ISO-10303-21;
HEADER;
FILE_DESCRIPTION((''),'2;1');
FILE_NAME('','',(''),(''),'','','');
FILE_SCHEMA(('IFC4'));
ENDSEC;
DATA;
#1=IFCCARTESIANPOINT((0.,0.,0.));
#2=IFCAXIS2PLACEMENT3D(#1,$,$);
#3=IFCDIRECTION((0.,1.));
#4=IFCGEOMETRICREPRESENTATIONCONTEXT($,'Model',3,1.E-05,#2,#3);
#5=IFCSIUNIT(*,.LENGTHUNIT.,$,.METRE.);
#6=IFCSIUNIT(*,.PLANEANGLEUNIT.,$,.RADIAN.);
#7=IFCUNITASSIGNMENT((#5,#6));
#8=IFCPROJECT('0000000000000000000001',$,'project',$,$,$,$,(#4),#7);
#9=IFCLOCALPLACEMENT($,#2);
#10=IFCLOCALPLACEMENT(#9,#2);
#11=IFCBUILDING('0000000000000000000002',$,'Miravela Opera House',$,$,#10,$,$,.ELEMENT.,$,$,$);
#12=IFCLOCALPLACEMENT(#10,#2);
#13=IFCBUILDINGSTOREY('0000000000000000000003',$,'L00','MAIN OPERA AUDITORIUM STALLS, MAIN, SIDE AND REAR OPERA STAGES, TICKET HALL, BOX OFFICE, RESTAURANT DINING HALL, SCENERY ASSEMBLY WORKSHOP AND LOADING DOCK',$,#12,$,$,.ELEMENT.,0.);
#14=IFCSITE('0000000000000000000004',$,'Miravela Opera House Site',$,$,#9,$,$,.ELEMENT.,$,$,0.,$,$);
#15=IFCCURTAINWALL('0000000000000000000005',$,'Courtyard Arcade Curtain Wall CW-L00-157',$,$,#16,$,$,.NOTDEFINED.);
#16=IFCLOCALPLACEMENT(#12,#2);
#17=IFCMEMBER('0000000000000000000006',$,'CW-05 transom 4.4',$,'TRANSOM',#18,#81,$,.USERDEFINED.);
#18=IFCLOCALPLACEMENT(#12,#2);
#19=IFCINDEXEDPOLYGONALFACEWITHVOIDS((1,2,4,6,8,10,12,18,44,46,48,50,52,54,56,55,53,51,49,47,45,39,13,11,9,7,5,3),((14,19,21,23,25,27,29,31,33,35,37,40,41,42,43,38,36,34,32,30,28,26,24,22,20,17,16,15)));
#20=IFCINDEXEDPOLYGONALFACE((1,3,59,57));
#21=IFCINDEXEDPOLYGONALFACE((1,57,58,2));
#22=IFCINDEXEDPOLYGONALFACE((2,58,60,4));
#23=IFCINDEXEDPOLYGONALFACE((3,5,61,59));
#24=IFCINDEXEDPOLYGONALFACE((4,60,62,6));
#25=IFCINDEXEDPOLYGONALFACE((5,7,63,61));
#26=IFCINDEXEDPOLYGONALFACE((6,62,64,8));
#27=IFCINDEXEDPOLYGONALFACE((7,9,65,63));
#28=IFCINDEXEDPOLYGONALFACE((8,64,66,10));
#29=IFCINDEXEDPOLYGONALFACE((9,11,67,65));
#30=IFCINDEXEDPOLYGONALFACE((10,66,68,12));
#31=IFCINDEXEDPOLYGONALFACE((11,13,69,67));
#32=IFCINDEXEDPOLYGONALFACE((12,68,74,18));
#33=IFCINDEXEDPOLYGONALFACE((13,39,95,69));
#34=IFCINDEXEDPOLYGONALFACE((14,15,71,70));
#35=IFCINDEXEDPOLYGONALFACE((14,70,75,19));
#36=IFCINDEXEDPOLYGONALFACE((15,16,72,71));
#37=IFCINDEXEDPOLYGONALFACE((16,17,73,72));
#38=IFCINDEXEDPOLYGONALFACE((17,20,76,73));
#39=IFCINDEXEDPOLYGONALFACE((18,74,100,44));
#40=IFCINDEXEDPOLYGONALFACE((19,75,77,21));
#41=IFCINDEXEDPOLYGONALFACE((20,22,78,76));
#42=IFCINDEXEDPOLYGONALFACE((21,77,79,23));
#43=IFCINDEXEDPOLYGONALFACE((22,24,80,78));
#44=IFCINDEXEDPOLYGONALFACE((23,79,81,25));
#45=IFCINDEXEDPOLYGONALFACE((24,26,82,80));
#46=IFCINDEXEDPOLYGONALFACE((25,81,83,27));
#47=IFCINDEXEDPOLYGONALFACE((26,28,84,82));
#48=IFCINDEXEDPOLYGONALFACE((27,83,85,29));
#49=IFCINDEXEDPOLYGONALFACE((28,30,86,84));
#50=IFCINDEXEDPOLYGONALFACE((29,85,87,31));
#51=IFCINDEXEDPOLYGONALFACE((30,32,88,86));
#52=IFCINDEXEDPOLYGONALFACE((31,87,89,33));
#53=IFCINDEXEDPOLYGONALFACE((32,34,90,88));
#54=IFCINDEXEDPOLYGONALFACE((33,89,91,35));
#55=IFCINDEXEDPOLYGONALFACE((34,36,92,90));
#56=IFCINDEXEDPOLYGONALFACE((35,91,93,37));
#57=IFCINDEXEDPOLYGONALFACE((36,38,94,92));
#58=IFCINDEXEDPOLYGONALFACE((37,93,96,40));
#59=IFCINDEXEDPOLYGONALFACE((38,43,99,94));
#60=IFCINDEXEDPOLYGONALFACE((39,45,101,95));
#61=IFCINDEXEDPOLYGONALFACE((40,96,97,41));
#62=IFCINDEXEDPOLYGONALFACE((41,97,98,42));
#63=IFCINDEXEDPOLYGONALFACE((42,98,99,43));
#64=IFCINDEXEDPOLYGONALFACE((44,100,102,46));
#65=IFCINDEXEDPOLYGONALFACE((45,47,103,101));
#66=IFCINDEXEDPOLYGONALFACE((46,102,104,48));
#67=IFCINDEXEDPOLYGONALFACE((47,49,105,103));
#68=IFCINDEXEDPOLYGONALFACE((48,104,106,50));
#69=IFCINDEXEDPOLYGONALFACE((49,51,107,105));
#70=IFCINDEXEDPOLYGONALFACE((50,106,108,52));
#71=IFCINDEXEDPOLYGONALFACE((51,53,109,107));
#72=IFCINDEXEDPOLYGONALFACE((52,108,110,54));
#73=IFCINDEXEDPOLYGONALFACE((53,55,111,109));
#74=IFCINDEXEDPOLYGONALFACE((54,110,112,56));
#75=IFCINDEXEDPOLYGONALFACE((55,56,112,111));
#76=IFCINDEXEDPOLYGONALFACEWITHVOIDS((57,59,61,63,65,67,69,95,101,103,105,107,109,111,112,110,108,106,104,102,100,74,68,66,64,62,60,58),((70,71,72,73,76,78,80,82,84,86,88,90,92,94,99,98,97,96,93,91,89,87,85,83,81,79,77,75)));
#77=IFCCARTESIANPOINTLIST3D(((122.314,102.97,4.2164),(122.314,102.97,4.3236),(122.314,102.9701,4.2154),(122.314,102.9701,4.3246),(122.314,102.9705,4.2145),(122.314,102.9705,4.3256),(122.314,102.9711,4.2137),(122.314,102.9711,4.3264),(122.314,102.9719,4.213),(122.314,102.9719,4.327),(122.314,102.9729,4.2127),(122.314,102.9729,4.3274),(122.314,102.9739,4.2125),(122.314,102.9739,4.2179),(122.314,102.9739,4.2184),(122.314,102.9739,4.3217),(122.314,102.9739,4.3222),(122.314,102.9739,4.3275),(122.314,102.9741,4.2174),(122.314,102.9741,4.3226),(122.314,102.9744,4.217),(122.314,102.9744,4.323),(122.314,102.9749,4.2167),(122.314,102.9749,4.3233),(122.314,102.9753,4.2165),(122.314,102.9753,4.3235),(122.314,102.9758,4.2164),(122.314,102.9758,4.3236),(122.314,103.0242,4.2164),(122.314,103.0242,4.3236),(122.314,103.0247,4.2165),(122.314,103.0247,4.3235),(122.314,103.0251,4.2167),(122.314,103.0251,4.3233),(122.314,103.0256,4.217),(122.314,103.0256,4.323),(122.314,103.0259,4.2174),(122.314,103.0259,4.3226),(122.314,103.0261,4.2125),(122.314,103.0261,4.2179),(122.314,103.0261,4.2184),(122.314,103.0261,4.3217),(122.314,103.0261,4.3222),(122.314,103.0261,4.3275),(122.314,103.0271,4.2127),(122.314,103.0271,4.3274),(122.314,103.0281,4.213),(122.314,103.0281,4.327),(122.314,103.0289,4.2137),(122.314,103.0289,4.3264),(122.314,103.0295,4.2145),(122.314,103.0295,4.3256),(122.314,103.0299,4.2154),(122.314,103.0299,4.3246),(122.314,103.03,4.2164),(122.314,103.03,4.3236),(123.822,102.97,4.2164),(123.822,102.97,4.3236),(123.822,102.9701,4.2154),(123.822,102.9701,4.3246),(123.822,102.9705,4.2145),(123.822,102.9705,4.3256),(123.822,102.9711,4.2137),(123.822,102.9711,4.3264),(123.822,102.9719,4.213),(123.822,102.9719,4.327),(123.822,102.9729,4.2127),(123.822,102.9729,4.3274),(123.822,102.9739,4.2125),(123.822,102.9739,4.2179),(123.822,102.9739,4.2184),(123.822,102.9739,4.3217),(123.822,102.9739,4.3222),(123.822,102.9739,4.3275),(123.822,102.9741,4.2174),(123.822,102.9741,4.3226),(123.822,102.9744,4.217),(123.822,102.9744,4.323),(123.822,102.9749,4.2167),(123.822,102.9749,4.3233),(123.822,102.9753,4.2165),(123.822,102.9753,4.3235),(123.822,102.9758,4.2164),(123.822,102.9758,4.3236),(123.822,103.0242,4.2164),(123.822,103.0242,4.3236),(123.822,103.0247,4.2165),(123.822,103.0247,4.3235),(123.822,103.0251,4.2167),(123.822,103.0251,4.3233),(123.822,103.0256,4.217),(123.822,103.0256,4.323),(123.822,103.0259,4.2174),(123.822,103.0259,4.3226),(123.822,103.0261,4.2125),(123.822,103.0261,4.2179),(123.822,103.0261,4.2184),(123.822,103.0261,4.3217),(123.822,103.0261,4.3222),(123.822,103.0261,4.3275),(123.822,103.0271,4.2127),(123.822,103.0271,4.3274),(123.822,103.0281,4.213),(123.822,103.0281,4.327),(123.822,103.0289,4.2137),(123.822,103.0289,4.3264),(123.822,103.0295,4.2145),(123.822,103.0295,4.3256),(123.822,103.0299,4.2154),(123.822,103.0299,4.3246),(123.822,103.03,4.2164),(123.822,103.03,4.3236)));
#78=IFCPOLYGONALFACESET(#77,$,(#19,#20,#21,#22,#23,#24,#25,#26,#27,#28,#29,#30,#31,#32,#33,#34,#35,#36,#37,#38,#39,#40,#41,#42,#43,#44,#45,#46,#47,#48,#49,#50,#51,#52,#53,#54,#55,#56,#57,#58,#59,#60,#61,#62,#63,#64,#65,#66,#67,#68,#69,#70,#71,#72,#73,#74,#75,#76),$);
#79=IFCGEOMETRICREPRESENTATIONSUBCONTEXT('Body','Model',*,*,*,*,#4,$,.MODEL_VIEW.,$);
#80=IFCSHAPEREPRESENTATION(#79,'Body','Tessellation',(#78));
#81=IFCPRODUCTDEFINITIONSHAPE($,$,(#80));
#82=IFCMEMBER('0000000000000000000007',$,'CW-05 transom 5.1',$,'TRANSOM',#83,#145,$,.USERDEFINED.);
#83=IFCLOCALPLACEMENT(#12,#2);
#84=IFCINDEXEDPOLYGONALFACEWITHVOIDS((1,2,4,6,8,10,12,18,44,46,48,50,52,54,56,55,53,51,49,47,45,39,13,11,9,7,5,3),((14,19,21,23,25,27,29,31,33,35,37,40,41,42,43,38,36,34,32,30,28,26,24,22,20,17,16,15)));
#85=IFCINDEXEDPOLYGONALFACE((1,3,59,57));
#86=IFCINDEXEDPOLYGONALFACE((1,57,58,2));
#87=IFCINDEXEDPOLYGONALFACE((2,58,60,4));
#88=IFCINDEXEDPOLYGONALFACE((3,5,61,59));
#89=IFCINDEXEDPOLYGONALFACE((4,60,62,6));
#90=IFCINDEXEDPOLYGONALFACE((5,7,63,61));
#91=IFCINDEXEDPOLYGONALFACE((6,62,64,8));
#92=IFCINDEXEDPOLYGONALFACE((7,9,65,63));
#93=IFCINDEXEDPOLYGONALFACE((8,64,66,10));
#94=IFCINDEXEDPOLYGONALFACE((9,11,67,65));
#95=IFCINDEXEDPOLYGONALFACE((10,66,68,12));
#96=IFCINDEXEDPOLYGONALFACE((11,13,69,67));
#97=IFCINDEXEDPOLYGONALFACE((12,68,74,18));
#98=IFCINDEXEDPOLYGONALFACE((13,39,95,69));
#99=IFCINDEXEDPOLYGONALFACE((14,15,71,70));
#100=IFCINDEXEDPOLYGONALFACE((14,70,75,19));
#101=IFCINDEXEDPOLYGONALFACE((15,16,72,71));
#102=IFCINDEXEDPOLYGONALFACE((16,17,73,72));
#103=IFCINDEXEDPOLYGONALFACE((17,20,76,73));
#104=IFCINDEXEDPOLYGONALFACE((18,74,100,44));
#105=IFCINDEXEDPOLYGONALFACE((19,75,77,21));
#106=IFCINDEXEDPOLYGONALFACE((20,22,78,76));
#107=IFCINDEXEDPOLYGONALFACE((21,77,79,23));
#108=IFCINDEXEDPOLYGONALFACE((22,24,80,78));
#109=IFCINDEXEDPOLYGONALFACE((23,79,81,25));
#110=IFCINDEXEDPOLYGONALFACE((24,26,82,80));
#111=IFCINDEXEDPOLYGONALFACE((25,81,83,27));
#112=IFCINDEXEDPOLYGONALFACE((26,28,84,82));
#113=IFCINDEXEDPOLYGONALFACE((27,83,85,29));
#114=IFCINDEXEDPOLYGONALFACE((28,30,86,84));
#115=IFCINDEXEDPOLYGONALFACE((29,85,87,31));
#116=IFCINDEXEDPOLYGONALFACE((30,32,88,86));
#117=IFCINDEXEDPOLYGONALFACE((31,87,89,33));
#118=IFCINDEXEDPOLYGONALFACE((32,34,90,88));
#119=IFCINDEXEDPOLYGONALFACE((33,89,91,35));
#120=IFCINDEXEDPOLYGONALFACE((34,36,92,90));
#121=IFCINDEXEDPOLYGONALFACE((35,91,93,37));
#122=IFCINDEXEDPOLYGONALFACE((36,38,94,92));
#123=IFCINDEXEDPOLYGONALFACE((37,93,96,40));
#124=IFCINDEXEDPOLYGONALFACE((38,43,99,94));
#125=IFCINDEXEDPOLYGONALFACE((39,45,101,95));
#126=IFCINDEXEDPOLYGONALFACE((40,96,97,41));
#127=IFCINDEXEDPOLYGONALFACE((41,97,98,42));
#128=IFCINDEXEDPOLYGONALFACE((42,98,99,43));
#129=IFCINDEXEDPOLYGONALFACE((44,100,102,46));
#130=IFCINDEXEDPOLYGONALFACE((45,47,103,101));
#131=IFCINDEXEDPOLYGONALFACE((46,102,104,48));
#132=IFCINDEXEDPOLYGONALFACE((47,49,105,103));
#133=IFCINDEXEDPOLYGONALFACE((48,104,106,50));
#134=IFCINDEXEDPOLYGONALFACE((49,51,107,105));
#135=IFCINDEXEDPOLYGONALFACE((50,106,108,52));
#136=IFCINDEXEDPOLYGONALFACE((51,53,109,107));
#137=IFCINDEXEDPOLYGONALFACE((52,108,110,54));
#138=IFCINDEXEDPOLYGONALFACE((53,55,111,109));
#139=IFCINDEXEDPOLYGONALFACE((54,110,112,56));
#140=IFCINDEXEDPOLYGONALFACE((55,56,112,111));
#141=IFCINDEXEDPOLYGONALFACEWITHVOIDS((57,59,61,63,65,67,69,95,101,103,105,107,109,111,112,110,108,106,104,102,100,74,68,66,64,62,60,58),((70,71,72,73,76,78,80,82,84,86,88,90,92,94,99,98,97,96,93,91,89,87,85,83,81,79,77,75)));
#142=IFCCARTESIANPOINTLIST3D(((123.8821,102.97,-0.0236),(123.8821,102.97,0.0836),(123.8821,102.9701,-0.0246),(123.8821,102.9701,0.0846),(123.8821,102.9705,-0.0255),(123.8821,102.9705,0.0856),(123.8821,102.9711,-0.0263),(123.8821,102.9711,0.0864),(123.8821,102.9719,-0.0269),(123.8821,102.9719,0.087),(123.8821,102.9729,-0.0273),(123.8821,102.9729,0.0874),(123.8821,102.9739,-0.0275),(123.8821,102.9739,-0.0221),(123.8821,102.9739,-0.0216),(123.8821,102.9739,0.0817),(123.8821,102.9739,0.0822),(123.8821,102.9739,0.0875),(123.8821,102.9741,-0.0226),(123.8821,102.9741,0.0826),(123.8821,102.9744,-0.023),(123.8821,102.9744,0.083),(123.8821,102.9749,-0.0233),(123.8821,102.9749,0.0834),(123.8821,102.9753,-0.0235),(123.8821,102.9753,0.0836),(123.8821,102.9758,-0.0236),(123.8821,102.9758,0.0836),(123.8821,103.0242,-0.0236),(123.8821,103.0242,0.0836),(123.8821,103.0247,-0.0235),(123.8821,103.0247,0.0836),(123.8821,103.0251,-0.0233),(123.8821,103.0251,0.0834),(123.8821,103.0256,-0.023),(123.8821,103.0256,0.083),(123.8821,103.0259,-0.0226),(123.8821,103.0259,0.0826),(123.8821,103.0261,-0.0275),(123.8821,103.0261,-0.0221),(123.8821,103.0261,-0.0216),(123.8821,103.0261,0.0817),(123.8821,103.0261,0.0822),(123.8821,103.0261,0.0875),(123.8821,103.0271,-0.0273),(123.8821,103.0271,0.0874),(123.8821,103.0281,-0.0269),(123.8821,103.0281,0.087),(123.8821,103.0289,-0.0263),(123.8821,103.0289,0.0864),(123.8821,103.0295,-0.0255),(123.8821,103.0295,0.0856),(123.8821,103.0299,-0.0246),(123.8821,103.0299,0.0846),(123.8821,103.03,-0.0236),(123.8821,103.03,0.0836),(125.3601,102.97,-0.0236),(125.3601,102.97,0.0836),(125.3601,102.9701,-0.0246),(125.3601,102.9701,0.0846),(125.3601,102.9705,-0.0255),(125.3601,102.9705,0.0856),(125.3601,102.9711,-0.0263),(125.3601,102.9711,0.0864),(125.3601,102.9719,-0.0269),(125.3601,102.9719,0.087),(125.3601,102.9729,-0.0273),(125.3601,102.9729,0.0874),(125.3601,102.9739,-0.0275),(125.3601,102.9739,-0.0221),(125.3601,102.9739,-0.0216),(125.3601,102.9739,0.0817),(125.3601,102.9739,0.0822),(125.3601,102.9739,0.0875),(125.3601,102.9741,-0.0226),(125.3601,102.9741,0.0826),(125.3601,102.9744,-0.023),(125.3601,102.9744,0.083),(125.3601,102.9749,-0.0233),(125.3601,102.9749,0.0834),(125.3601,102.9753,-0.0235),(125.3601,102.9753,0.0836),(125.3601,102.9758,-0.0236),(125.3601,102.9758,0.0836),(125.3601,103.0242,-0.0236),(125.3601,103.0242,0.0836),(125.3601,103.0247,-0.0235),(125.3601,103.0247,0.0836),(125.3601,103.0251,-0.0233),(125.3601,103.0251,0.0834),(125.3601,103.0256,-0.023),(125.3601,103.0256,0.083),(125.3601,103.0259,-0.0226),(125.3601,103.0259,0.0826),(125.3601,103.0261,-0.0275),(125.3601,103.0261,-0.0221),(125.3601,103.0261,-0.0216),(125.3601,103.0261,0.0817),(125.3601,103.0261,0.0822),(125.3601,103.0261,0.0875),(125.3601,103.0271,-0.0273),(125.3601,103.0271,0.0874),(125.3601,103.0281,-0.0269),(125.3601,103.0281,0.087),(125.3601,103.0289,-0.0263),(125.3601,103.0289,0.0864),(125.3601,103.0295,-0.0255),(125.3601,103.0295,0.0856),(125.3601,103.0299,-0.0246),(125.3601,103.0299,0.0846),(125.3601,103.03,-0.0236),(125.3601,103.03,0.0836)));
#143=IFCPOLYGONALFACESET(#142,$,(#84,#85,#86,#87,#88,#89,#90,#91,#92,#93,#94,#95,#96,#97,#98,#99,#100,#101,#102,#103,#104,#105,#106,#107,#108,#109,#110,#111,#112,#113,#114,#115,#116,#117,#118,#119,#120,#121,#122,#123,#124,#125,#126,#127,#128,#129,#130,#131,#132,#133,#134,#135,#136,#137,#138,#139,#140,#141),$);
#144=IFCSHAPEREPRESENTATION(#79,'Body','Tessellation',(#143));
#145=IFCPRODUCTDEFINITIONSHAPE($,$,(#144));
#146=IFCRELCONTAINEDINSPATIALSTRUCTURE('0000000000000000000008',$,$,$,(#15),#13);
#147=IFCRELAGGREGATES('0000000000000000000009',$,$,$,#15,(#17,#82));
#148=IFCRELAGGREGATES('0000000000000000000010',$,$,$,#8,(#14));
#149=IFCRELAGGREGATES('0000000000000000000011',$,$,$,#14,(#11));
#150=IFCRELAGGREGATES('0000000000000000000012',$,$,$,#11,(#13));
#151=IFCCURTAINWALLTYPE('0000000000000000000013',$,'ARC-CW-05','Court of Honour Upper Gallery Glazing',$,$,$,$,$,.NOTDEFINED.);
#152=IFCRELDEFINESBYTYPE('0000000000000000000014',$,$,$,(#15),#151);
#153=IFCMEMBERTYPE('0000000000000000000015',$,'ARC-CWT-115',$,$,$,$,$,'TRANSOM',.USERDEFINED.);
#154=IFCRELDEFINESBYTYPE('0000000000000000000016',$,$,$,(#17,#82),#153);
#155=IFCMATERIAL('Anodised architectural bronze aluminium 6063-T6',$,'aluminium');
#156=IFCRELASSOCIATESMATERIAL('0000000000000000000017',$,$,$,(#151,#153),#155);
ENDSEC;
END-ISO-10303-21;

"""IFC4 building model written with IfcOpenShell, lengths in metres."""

from ifc_helpers import new_model, si_unit, direction, frame, origin, origin_2d, place, context, subcontext, project, spatial, hollow_rectangle, extrude, material, material_profile, profile_set, type_object, element, aggregate, save


model = new_model("IFC4")

# Units and contexts
model_context = context("Model", 3, precision=1e-05, world=origin(), true_north=direction((0.0, 1.0)))
body_context = subcontext(model_context, "Body", "Model", "MODEL_VIEW")
ifc_project = project(units=[si_unit("LENGTHUNIT", "METRE"), si_unit("PLANEANGLEUNIT", "RADIAN")], contexts=[model_context])

# Site, building, storey
site_placement = place(None, origin())
site = spatial("IfcSite", under=ifc_project, at=site_placement, Name="Miravela Opera House Site", CompositionType="ELEMENT", RefElevation=0.0)
building_placement = place(site_placement, origin())
building = spatial("IfcBuilding", under=site, at=building_placement, Name="Miravela Opera House", CompositionType="ELEMENT")
storey_placement = place(building_placement, origin())
storey = spatial("IfcBuildingStorey", under=building, at=storey_placement, Name="L00", Description="MAIN OPERA AUDITORIUM STALLS, MAIN, SIDE AND REAR OPERA STAGES, TICKET HALL, BOX OFFICE, RESTAURANT DINING HALL, SCENERY ASSEMBLY WORKSHOP AND LOADING DOCK", CompositionType="ELEMENT", Elevation=0.0)

# Curtain wall, members
ifc_material_1 = material(Name="Anodised architectural bronze aluminium 6063-T6", Category="aluminium")
curtain_wall_type = type_object("IfcCurtainWallType", Name="ARC-CW-05", Description="Court of Honour Upper Gallery Glazing", PredefinedType="NOTDEFINED", material=ifc_material_1)
curtain_wall_placement = place(storey_placement, origin())
curtain_wall = element("IfcCurtainWall", 1, at=curtain_wall_placement, inside=storey, type_object=curtain_wall_type, Name="Courtyard Arcade Curtain Wall CW-L00-157", PredefinedType="NOTDEFINED")
ifc_material_profile_1 = material_profile(ifc_material_1, hollow_rectangle(XDim=0.0601, YDim=0.115, WallThickness=0.0039, InnerFilletRadius=0.002, OuterFilletRadius=0.0039, at=origin_2d()), Name="CWT-60X115")
ifc_profile_set_1 = profile_set([ifc_material_profile_1])
member_type_1 = type_object("IfcMemberType", Name="ARC-CWT-115", ElementType="TRANSOM", PredefinedType="USERDEFINED", material=ifc_profile_set_1)
member_1_placement = place(storey_placement, frame((122.314, 103.0, 4.27), z_axis=(1.0, 0.0, 0.0), x_axis=(0.0, 1.0, 0.0)))
member_1 = element("IfcMember", 2, at=member_1_placement, type_object=member_type_1, Name="CW-05 transom 4.4", ObjectType="TRANSOM", PredefinedType="USERDEFINED", context=body_context, shape_type="SweptSolid", body=[
    extrude(hollow_rectangle(XDim=0.0601, YDim=0.115, WallThickness=0.0039, InnerFilletRadius=0.002, OuterFilletRadius=0.0039, at=origin_2d()), origin(), (0.0, 0.0, 1.0), 1.5081),
])
member_2_placement = place(storey_placement, frame((123.8821, 103.0, 0.03), z_axis=(1.0, 0.0, 0.0), x_axis=(0.0, 1.0, 0.0)))
member_2 = element("IfcMember", 3, at=member_2_placement, type_object=member_type_1, Name="CW-05 transom 5.1", ObjectType="TRANSOM", PredefinedType="USERDEFINED", context=body_context, shape_type="SweptSolid", body=[
    extrude(hollow_rectangle(XDim=0.0601, YDim=0.115, WallThickness=0.0039, InnerFilletRadius=0.002, OuterFilletRadius=0.0039, at=origin_2d()), origin(), (0.0, 0.0, 1.0), 1.478),
])
aggregate(curtain_wall, [member_1, member_2])

save(model, "model.ifc")
